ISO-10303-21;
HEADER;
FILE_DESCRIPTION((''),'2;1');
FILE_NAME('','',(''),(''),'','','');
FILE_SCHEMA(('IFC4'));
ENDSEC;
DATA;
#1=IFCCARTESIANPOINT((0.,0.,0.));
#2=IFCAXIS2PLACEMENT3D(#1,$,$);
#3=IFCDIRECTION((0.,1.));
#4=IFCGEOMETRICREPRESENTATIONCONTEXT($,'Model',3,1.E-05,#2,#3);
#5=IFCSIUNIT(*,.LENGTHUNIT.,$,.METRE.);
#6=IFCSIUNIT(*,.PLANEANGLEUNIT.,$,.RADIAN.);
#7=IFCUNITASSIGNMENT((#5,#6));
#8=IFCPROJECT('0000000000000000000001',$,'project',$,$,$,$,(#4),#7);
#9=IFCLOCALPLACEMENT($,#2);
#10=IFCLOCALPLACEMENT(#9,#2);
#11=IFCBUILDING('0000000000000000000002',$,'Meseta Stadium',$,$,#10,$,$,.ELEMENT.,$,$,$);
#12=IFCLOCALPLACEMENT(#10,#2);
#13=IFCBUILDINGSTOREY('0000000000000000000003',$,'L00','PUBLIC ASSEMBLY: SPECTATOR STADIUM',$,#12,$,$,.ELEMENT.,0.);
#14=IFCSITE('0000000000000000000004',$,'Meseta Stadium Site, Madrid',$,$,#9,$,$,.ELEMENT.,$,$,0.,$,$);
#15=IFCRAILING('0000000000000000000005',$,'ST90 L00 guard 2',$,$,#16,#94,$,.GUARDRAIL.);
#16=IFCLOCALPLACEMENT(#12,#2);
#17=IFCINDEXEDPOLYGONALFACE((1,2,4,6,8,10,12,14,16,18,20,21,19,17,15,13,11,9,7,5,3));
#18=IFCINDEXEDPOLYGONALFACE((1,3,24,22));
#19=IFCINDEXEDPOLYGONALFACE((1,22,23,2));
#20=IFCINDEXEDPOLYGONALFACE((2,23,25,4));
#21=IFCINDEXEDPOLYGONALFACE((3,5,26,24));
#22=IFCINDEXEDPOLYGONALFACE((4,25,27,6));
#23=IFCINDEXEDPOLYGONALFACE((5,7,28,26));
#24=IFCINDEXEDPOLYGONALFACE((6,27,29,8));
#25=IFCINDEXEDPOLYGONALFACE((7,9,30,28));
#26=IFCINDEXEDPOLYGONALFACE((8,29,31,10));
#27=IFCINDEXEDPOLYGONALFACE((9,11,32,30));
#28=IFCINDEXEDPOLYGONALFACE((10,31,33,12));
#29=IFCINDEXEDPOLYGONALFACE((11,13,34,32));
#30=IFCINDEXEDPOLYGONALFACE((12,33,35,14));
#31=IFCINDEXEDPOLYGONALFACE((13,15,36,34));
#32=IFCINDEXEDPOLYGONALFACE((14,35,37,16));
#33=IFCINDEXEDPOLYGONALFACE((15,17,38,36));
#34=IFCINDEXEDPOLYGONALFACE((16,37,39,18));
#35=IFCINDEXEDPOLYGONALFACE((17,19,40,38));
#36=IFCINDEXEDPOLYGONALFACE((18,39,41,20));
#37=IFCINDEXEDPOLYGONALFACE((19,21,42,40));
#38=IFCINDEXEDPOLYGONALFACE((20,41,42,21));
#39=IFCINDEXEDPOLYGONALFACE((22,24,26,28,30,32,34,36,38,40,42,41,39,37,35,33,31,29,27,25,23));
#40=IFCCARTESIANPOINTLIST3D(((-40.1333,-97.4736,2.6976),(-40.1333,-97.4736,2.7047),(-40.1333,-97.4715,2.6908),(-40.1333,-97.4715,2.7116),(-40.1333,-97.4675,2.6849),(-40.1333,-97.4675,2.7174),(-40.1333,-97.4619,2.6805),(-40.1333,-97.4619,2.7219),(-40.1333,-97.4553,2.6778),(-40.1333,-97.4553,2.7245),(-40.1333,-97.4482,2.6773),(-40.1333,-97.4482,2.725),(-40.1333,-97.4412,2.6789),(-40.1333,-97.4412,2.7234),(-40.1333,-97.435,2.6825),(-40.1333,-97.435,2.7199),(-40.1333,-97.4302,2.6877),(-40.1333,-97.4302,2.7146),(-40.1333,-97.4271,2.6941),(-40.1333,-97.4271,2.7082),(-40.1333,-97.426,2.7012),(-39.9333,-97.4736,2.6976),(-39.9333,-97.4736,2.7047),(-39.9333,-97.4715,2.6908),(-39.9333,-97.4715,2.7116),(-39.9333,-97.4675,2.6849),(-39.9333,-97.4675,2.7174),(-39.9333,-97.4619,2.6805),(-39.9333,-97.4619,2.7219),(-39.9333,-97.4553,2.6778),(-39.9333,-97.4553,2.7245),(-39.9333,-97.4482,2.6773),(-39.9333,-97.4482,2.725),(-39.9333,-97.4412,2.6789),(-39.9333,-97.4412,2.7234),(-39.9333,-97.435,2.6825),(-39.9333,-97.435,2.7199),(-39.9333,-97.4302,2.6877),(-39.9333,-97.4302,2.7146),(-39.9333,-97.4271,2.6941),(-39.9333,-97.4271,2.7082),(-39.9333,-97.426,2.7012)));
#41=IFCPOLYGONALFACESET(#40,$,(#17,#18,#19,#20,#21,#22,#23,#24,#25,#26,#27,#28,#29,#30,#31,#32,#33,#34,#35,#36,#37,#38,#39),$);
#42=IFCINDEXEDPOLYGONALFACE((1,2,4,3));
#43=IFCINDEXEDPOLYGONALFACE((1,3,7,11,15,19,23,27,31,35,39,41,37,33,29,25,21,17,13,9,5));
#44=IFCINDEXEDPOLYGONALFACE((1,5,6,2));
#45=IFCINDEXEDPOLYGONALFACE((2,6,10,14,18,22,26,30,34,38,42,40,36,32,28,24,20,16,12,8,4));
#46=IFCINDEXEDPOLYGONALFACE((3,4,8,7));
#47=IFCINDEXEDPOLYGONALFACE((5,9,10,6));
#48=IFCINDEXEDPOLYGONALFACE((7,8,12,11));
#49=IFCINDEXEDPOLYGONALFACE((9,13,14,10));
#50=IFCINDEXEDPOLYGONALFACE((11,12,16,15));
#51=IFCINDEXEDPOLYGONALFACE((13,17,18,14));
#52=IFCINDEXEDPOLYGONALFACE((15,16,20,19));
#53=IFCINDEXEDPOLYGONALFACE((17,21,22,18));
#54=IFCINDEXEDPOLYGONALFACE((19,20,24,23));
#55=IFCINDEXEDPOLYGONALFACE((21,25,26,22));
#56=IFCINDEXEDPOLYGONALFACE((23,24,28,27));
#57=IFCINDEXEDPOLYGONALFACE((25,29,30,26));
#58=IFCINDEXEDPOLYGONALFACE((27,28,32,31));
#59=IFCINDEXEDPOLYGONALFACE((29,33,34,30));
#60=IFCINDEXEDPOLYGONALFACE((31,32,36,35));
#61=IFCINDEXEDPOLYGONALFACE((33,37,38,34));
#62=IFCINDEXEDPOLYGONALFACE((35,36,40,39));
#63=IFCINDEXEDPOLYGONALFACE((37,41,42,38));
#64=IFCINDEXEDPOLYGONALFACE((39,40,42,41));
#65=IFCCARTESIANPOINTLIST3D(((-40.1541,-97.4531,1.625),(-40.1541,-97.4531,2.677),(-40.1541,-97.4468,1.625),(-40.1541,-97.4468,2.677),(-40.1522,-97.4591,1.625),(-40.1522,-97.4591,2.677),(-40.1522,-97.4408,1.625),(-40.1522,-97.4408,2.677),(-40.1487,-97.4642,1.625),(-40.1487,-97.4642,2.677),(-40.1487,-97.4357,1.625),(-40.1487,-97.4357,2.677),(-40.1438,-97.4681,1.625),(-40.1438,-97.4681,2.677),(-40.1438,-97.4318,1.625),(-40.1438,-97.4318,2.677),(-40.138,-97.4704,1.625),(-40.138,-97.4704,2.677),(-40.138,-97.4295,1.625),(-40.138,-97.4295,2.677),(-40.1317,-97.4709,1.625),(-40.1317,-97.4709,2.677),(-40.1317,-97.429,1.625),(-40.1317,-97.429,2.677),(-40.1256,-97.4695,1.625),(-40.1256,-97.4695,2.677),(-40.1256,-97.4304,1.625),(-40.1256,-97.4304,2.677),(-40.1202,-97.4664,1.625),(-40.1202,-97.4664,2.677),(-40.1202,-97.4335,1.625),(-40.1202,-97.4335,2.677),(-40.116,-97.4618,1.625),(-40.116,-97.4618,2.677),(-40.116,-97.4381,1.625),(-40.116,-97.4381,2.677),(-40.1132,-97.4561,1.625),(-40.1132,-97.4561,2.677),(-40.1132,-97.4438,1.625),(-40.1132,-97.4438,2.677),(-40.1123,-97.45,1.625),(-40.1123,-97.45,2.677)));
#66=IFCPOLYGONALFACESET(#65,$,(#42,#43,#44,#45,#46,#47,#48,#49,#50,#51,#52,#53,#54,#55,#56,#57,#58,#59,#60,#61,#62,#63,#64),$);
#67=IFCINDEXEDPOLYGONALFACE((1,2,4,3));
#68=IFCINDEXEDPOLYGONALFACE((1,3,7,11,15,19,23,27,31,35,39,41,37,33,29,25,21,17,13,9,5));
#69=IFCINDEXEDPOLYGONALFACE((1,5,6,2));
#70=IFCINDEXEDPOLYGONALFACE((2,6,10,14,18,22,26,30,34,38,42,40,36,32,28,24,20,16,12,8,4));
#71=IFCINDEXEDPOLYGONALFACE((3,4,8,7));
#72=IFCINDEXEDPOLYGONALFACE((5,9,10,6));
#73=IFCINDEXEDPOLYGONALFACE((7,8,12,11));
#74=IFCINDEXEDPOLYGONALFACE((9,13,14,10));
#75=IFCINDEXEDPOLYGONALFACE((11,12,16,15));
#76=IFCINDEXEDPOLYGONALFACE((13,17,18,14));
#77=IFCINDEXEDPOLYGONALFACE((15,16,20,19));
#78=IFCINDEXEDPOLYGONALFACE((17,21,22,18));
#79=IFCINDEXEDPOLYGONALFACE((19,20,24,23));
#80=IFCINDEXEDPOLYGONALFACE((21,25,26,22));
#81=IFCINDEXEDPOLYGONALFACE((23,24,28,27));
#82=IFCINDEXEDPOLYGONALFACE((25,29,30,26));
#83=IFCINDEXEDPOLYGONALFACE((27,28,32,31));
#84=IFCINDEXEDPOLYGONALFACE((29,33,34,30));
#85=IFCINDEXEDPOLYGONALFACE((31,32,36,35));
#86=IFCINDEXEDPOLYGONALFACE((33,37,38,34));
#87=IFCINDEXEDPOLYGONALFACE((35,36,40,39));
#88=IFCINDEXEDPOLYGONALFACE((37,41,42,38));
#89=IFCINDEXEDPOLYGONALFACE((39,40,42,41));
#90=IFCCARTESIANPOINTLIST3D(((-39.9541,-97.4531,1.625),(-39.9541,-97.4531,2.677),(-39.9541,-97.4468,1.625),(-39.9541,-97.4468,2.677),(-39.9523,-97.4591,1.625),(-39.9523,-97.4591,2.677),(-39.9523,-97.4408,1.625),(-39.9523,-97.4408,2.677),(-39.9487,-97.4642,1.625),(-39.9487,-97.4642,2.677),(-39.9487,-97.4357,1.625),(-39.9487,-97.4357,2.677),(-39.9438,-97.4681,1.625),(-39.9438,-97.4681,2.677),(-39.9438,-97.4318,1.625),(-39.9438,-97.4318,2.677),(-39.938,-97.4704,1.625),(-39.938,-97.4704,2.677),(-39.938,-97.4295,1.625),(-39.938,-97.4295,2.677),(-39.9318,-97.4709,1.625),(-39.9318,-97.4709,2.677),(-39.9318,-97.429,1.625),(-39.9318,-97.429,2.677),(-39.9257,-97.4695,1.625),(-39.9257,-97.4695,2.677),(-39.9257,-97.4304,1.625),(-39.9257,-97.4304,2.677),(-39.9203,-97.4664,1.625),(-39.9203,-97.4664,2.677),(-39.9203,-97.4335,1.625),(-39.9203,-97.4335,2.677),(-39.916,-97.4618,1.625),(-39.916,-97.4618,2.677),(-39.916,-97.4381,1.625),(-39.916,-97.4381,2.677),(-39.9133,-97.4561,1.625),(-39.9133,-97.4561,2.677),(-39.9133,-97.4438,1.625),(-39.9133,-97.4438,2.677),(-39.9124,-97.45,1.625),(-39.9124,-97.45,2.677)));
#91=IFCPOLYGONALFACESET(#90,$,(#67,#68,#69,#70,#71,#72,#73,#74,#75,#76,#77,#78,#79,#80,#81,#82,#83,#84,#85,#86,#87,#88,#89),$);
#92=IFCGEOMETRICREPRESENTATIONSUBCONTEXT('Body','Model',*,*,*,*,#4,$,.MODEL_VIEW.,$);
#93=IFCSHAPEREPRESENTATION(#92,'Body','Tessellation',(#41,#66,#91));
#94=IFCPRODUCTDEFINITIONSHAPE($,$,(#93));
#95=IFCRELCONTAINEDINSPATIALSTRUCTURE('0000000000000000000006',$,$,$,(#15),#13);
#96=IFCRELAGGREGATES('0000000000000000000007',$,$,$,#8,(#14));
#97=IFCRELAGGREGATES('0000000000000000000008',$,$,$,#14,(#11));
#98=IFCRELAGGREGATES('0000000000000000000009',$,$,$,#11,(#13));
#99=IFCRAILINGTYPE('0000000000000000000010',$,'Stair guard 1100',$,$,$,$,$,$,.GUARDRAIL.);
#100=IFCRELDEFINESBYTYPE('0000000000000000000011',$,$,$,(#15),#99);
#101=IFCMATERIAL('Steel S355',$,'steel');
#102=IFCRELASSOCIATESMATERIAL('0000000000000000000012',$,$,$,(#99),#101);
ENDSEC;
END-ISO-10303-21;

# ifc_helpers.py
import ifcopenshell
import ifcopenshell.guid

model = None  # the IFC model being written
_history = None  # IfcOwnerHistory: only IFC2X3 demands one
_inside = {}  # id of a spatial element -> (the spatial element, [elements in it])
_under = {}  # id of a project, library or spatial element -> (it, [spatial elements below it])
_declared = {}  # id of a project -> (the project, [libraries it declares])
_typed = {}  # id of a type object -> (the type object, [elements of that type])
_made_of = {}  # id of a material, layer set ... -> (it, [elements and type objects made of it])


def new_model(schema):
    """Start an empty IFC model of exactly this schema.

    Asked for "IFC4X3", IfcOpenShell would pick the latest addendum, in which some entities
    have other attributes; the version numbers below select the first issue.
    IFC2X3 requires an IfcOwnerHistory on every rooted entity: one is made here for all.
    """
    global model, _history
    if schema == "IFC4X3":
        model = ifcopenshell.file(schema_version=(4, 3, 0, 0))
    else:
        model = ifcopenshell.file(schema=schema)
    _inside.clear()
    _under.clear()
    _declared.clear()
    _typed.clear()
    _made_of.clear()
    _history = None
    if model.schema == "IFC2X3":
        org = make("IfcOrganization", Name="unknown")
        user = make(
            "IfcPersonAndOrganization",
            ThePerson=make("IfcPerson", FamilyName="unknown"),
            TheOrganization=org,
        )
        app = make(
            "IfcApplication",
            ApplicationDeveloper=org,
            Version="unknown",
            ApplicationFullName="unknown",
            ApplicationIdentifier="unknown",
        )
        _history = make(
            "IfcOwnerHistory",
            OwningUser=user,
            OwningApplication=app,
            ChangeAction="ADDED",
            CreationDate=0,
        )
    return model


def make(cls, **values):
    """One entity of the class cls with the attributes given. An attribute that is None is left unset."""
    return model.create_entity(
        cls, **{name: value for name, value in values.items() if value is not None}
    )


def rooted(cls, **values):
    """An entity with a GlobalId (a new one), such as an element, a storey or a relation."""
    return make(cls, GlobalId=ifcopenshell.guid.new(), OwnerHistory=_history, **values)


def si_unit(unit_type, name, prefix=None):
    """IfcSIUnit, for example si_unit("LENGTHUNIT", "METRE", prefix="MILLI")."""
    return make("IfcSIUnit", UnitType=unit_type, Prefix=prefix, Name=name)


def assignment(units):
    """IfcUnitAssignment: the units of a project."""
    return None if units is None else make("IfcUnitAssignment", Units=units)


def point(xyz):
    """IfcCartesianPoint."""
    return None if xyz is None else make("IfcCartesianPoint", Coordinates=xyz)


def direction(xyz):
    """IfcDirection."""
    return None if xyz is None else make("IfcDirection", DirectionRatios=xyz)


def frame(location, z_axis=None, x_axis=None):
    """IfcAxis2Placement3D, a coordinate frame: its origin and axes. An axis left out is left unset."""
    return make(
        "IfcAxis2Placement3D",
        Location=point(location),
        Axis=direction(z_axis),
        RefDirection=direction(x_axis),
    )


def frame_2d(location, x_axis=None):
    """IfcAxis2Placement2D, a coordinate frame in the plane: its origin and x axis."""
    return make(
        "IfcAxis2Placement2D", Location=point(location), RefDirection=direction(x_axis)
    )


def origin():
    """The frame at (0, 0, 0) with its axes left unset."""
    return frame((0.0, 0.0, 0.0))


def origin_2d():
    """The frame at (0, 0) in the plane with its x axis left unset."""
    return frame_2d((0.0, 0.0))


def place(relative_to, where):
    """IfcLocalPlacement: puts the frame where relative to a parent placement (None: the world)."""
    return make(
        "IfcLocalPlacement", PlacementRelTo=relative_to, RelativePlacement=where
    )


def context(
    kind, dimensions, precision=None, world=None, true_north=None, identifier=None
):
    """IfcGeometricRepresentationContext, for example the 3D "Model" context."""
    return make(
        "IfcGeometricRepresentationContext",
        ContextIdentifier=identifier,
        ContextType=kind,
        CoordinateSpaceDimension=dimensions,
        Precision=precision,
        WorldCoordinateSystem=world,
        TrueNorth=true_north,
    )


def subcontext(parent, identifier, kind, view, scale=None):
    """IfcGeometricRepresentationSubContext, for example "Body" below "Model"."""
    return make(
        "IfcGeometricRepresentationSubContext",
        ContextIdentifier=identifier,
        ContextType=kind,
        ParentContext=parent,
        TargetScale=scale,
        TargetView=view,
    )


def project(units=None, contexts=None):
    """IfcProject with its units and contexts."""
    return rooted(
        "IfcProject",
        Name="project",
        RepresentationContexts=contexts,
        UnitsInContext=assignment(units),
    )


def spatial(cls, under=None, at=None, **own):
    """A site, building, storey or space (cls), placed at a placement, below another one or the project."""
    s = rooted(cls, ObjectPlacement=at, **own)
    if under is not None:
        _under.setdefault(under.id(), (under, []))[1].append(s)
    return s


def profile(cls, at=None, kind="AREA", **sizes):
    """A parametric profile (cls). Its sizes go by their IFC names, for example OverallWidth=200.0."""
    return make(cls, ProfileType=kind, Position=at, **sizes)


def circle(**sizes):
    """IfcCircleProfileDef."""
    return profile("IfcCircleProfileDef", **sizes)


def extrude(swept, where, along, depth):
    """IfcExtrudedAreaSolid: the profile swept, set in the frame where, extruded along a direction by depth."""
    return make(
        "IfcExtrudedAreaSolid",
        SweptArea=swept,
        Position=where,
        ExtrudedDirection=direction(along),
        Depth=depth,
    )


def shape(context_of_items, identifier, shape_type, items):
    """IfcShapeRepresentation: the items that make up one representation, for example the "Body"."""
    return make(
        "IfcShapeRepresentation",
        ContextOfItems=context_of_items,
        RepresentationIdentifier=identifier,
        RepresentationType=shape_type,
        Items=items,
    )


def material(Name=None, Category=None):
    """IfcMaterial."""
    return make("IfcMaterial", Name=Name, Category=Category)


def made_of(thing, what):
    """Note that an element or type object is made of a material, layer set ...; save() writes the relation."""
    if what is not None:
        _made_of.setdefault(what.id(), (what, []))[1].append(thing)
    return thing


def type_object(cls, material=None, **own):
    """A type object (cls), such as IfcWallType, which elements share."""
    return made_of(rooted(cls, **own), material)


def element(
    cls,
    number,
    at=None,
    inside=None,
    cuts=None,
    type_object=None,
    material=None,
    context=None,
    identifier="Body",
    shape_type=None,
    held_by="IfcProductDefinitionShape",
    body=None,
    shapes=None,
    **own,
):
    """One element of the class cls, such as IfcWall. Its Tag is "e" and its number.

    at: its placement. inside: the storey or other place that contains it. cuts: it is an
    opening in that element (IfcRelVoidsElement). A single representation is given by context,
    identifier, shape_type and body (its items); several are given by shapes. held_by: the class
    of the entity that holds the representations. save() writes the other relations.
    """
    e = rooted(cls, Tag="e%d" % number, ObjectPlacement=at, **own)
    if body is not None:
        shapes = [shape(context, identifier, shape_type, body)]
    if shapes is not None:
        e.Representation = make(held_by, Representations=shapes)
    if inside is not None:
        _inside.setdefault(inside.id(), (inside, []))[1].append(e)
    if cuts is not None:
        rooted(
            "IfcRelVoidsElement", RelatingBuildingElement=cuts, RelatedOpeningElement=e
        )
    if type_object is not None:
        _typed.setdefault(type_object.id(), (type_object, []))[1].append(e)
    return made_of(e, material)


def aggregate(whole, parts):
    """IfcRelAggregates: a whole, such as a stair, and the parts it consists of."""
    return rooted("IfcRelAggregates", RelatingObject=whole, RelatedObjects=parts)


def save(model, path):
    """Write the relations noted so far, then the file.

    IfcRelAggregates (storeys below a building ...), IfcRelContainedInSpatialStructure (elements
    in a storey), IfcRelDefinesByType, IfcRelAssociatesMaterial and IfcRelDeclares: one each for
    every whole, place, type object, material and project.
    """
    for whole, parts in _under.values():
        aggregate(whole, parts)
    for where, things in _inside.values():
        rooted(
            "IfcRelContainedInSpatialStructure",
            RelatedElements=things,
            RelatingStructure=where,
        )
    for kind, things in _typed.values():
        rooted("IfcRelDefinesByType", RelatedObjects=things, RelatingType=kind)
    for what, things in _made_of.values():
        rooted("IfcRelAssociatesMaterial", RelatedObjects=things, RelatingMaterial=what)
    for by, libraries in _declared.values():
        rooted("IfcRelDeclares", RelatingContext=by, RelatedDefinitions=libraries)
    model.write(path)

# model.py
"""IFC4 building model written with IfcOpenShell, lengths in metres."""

from ifc_helpers import new_model, si_unit, direction, frame, origin, origin_2d, place, context, subcontext, project, spatial, circle, extrude, material, type_object, element, save


model = new_model("IFC4")

# Units and contexts
model_context = context("Model", 3, precision=1e-05, world=origin(), true_north=direction((0.0, 1.0)))
body_context = subcontext(model_context, "Body", "Model", "MODEL_VIEW")
ifc_project = project(units=[si_unit("LENGTHUNIT", "METRE"), si_unit("PLANEANGLEUNIT", "RADIAN")], contexts=[model_context])

# Site, building, storey
site_placement = place(None, origin())
site = spatial("IfcSite", under=ifc_project, at=site_placement, Name="Meseta Stadium Site, Madrid", CompositionType="ELEMENT", RefElevation=0.0)
building_placement = place(site_placement, origin())
building = spatial("IfcBuilding", under=site, at=building_placement, Name="Meseta Stadium", CompositionType="ELEMENT")
storey_placement = place(building_placement, origin())
storey = spatial("IfcBuildingStorey", under=building, at=storey_placement, Name="L00", Description="PUBLIC ASSEMBLY: SPECTATOR STADIUM", CompositionType="ELEMENT", Elevation=0.0)

# Railing
ifc_material_1 = material(Name="Steel S355", Category="steel")
railing_type_1 = type_object("IfcRailingType", Name="Stair guard 1100", PredefinedType="GUARDRAIL", material=ifc_material_1)
railing_1_placement = place(storey_placement, frame((-40.1333, -97.45, 1.625)))
element("IfcRailing", 1, at=railing_1_placement, inside=storey, type_object=railing_type_1, Name="ST90 L00 guard 2", PredefinedType="GUARDRAIL", context=body_context, shape_type="SweptSolid", body=[
    extrude(circle(Radius=0.0239, at=origin_2d()), frame((0.0, 0.0, 1.0762), z_axis=(1.0, 0.0, 0.0), x_axis=(0.0, 1.0, 0.0)), (0.0, 0.0, 1.0), 0.2),
    extrude(circle(Radius=0.021, at=origin_2d()), origin(), (0.0, 0.0, 1.0), 1.052),
    extrude(circle(Radius=0.021, at=origin_2d()), frame((0.2, 0.0, 0.0)), (0.0, 0.0, 1.0), 1.052),
])

save(model, "model.ifc")
